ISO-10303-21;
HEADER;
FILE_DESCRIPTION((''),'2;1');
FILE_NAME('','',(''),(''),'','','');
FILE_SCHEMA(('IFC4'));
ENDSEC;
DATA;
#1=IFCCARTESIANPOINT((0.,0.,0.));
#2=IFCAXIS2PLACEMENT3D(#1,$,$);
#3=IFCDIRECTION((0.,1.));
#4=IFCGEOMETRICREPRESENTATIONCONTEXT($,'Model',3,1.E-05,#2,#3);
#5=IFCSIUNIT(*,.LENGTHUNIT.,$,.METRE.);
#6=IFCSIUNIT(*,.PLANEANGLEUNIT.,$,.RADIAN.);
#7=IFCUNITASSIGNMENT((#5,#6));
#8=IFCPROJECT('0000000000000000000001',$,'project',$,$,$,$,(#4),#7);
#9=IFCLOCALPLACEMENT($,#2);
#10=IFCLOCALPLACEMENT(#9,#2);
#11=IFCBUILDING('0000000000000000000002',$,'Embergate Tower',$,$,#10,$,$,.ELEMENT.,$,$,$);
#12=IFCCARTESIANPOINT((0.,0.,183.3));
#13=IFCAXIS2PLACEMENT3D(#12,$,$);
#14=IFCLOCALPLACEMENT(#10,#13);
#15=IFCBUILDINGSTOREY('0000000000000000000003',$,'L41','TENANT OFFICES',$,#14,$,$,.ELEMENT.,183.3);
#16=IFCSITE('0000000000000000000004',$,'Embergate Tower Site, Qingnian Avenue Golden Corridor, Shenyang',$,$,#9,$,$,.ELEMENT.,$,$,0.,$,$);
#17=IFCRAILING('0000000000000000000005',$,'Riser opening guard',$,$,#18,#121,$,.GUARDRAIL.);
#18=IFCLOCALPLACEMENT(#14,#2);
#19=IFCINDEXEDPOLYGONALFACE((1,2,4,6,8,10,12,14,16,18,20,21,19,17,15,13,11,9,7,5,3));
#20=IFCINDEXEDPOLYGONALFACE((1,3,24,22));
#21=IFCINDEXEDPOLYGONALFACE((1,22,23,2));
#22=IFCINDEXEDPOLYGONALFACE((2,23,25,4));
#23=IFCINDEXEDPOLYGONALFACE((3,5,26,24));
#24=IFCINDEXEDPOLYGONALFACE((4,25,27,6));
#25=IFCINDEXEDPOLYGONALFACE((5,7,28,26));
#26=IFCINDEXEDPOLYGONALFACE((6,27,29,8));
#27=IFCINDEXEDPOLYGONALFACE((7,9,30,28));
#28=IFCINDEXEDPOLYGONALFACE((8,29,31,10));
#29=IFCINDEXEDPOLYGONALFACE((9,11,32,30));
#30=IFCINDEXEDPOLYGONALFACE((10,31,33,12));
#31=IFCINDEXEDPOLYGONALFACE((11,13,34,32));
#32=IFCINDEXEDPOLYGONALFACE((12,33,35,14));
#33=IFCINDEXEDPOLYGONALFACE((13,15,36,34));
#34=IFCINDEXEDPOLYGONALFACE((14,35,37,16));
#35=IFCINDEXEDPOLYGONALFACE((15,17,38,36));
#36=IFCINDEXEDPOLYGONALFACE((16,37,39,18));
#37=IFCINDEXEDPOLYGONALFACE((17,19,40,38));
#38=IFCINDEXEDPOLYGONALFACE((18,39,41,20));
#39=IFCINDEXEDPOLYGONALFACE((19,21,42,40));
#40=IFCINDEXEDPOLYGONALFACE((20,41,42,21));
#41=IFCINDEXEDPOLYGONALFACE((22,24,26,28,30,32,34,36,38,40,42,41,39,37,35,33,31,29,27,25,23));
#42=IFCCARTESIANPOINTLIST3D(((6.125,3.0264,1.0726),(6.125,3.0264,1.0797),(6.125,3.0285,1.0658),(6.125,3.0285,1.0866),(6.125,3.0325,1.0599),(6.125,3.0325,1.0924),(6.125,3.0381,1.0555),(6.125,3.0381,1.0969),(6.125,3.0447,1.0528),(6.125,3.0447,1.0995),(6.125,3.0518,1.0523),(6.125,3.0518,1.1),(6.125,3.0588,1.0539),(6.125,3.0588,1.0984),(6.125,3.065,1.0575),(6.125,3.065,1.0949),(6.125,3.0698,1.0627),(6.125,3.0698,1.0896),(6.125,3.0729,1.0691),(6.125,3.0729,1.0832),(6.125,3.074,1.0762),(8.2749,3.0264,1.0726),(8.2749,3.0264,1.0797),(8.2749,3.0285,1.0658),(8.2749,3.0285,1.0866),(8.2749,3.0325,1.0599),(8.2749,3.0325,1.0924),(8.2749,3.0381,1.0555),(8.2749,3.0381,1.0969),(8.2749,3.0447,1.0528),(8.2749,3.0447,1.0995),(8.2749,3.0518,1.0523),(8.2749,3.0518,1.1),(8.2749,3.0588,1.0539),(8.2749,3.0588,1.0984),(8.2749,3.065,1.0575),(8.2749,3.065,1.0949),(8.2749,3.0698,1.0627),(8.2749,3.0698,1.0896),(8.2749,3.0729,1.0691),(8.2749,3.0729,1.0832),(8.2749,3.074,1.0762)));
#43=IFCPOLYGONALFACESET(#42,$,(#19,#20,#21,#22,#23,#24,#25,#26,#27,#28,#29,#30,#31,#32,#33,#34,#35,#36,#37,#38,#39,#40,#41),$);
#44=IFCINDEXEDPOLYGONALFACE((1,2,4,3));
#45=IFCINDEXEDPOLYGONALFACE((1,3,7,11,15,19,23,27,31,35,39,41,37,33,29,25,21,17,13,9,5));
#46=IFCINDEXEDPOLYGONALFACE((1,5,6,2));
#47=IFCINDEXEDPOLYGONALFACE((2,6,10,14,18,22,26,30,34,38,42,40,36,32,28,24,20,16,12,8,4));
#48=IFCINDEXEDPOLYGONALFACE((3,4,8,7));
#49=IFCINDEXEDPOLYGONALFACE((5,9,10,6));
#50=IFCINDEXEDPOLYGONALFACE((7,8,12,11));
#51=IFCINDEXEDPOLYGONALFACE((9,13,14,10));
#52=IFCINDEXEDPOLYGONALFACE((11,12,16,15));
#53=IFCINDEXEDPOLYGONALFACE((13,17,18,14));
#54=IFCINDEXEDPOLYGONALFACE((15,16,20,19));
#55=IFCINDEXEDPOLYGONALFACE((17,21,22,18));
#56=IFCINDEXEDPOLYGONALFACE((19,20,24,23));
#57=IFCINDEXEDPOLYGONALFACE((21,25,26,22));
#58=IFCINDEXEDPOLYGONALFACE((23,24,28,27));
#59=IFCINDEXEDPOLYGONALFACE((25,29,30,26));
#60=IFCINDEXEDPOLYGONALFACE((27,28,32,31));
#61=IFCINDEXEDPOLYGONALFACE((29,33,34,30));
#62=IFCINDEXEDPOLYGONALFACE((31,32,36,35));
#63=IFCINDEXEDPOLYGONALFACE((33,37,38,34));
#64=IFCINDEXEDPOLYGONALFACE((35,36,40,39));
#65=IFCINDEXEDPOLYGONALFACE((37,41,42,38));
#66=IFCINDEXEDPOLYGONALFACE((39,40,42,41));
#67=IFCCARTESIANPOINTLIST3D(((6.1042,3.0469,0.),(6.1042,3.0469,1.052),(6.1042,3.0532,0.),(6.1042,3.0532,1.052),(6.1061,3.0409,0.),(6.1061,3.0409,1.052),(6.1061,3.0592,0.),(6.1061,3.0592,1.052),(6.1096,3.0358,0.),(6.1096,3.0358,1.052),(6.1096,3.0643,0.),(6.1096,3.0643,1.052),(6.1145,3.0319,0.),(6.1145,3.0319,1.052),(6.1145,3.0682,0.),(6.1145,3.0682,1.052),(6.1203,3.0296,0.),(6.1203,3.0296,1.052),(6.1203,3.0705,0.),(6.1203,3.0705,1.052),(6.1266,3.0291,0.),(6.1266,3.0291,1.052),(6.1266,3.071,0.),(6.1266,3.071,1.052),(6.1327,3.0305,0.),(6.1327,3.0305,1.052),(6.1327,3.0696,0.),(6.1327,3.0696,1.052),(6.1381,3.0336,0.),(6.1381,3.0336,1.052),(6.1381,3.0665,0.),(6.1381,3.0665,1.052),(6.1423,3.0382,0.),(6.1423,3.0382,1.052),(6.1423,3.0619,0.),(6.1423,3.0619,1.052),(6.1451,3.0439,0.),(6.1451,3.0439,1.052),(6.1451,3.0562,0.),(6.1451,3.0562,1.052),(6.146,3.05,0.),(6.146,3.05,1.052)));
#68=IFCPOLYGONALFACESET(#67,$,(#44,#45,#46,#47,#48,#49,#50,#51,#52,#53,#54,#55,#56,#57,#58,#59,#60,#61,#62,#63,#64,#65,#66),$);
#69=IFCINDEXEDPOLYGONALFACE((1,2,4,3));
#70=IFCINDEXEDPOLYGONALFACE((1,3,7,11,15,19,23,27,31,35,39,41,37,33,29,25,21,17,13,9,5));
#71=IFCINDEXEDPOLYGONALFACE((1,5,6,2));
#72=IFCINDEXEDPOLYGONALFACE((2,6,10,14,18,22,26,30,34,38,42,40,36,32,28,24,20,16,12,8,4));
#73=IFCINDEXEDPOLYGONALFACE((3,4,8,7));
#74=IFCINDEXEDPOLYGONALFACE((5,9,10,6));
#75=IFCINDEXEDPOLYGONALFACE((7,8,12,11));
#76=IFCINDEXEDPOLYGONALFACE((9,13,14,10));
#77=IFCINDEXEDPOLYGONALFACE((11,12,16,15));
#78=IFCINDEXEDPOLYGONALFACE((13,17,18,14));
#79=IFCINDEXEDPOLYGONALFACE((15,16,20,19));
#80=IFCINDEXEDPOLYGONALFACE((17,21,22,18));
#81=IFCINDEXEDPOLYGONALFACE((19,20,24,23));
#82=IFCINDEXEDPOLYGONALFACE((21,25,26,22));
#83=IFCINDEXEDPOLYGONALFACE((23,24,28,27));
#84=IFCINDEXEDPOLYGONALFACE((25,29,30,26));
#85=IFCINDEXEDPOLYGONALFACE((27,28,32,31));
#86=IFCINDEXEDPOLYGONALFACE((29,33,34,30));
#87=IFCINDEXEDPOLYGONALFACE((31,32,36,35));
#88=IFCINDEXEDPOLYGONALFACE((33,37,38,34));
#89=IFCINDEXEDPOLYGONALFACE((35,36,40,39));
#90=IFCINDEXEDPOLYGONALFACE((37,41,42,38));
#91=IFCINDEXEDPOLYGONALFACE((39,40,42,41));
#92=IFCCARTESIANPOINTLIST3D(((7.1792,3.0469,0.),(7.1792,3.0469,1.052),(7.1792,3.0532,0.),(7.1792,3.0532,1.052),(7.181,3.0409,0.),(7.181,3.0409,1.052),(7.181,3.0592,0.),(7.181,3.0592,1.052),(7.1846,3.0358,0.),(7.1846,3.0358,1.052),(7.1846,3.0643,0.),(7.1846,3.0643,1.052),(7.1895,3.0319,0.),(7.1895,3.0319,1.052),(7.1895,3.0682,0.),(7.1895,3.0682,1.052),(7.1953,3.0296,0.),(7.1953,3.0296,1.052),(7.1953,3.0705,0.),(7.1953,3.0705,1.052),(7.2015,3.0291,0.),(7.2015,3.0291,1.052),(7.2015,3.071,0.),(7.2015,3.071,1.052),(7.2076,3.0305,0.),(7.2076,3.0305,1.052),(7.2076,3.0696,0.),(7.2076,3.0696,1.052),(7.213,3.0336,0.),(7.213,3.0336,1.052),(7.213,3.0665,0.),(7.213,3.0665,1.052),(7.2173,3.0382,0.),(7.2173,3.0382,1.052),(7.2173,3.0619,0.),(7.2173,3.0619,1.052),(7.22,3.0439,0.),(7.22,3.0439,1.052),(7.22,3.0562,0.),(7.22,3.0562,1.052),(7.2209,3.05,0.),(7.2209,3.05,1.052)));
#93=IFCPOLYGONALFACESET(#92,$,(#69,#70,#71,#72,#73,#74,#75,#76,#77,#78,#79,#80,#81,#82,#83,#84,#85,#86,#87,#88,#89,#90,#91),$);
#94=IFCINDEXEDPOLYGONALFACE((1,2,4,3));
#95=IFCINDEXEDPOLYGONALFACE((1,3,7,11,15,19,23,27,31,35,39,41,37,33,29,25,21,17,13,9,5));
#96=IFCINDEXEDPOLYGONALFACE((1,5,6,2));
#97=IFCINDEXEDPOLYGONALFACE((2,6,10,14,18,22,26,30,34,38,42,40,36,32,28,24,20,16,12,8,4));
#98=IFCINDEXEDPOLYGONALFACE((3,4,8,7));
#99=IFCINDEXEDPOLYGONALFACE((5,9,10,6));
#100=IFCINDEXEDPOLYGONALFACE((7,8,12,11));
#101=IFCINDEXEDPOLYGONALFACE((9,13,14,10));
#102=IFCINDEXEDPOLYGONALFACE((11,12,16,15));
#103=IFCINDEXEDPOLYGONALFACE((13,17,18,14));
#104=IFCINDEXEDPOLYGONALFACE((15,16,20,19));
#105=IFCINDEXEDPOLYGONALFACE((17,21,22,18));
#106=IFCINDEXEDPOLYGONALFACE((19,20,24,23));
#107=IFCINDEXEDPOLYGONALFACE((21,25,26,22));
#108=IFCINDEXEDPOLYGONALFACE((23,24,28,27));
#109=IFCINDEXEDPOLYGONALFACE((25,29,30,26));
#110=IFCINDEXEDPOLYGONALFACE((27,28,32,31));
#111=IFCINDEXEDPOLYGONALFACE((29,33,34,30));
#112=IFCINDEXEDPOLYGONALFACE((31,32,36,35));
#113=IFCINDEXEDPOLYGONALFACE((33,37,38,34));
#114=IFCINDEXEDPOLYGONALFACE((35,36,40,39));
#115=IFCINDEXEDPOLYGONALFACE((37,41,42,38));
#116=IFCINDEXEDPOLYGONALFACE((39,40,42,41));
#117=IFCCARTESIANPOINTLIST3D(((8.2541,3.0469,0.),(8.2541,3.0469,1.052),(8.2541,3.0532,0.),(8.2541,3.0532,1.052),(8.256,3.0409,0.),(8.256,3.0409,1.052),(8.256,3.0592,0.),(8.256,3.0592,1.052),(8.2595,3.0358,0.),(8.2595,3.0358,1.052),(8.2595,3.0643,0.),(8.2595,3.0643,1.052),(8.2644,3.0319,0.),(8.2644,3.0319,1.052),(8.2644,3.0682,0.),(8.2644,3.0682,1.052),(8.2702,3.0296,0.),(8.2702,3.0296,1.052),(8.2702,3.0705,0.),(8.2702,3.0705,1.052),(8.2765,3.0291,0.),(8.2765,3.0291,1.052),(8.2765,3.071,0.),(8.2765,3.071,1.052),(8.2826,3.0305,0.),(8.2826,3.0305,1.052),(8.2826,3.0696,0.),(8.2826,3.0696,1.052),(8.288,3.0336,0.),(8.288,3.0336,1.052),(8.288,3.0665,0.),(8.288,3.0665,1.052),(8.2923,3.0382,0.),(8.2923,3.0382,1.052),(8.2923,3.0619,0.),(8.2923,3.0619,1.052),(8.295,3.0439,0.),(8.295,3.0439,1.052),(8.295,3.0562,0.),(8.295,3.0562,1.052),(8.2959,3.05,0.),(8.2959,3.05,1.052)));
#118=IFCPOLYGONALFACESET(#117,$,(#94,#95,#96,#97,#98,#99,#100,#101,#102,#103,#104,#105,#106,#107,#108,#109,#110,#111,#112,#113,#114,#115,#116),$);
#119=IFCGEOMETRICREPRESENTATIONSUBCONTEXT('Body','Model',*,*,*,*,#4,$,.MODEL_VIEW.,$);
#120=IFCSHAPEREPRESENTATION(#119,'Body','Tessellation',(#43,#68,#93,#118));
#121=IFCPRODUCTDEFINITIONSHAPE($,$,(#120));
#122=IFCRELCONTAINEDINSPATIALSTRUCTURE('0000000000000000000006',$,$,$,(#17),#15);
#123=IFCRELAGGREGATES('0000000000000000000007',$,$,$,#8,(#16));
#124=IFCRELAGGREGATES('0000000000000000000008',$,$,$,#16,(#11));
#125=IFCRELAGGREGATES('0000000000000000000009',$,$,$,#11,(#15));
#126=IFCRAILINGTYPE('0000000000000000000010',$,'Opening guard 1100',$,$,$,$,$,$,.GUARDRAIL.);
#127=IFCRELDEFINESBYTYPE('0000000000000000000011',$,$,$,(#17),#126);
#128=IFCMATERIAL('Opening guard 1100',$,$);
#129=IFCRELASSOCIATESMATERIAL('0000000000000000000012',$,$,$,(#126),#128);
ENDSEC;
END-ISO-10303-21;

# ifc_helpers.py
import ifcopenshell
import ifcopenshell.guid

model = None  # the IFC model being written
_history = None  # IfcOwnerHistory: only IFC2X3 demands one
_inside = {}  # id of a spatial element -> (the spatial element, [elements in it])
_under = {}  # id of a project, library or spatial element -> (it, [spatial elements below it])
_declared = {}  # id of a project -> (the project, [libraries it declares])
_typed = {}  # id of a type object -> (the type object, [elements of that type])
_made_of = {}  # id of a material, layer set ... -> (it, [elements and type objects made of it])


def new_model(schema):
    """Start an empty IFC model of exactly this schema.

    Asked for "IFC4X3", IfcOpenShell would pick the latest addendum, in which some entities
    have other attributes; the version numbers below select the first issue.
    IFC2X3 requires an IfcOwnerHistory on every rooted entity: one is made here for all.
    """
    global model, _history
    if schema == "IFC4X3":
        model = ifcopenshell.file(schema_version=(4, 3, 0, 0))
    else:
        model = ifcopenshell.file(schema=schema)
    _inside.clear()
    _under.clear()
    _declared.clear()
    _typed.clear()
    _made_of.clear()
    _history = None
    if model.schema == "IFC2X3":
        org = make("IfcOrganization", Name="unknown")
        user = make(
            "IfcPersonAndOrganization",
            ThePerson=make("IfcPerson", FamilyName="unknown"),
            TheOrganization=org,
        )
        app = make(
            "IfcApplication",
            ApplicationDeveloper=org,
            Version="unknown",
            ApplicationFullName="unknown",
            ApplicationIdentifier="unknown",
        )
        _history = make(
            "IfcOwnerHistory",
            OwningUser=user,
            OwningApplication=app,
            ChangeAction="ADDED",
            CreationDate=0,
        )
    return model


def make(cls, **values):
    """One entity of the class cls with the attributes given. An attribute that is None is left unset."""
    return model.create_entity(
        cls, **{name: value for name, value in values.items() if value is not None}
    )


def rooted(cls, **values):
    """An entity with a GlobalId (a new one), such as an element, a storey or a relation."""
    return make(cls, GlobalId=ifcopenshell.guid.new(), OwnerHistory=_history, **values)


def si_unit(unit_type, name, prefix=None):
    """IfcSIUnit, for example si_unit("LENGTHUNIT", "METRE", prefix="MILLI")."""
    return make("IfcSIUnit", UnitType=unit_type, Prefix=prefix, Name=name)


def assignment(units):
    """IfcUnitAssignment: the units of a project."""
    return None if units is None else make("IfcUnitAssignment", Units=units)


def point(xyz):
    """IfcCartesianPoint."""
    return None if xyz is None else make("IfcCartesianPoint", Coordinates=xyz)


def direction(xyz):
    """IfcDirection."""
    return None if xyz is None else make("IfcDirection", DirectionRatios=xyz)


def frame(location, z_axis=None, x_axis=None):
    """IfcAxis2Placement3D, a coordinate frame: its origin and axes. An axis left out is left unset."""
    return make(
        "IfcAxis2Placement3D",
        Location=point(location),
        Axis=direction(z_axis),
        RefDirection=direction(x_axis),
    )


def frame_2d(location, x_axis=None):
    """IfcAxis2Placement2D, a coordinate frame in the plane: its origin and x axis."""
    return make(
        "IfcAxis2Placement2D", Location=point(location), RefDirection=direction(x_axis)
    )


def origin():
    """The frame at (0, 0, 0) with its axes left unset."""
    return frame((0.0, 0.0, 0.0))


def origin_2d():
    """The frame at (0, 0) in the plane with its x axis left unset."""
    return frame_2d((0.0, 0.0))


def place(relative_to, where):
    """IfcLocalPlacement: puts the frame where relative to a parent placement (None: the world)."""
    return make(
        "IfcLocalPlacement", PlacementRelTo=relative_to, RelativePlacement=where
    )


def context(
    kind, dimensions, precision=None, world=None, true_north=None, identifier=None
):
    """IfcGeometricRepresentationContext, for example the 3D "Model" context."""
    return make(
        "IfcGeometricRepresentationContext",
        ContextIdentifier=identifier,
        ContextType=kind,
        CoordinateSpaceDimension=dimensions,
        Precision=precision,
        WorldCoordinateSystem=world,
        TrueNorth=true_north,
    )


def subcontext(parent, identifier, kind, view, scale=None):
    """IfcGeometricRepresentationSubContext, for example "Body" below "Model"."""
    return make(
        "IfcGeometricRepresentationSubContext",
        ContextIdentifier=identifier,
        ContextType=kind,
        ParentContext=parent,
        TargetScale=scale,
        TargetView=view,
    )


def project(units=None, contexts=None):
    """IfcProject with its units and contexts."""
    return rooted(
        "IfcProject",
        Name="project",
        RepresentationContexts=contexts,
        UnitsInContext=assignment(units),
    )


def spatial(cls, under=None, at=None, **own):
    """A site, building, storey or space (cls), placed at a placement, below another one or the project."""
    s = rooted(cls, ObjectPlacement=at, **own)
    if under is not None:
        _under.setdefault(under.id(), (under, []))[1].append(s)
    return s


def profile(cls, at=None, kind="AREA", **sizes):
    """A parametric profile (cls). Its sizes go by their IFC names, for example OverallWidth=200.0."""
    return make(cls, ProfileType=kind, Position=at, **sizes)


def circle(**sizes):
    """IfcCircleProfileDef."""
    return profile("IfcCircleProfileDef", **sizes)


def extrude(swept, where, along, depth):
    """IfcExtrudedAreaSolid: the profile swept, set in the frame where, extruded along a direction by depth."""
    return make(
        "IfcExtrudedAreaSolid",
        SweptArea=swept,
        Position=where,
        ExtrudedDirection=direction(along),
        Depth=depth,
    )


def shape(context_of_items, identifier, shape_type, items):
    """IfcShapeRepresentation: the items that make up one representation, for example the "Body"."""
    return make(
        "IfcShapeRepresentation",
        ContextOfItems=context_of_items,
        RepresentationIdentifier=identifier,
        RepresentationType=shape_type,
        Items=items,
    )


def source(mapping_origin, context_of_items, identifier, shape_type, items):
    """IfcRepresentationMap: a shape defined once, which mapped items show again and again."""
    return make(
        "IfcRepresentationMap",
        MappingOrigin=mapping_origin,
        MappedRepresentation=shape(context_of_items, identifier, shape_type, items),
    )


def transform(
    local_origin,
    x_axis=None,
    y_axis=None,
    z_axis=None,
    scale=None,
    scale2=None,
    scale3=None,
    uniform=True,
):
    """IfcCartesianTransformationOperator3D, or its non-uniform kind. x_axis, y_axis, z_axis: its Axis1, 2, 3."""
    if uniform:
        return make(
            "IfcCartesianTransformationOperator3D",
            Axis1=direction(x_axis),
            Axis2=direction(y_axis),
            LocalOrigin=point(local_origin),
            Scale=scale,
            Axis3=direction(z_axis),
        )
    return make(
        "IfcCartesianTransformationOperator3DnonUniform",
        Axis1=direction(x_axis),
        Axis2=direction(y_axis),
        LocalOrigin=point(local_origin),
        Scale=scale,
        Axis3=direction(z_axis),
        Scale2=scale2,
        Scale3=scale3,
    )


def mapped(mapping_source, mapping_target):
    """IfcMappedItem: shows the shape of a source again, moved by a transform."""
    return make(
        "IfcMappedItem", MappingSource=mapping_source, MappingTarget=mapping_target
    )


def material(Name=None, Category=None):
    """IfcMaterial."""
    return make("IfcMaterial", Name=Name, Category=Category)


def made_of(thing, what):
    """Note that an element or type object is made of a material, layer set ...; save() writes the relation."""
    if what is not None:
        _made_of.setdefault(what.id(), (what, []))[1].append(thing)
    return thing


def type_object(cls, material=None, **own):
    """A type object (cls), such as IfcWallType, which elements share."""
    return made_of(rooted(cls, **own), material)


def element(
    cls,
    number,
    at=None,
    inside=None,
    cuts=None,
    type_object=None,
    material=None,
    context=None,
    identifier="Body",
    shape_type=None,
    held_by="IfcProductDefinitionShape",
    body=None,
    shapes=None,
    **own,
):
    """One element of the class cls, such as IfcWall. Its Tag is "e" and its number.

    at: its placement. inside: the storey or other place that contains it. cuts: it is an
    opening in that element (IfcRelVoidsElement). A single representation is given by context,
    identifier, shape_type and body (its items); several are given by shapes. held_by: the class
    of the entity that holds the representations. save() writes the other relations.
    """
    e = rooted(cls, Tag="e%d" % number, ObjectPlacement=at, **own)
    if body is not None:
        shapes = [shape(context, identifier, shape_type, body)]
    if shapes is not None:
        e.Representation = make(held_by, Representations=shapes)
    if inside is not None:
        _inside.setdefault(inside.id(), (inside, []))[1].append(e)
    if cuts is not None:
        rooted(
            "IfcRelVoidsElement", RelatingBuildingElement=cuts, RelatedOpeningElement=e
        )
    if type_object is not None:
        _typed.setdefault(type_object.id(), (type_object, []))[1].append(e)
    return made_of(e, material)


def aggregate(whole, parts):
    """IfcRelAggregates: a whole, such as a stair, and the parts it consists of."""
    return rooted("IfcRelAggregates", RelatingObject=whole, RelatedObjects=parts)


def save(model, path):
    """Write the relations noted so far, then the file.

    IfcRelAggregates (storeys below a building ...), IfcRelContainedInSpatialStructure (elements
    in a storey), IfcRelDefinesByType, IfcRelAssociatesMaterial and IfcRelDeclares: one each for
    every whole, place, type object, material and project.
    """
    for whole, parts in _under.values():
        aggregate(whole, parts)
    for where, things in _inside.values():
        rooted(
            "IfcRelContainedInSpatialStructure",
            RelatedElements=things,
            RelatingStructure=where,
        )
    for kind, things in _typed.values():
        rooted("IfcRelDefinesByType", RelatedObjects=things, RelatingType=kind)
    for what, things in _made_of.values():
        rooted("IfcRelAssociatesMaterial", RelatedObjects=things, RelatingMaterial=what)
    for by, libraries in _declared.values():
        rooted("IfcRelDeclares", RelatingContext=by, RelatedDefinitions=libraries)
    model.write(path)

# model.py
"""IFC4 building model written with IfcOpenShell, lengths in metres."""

from ifc_helpers import new_model, si_unit, direction, frame, origin, origin_2d, place, context, subcontext, project, spatial, circle, extrude, source, transform, mapped, material, type_object, element, save


model = new_model("IFC4")

# Units and contexts
model_context = context("Model", 3, precision=1e-05, world=origin(), true_north=direction((0.0, 1.0)))
body_context = subcontext(model_context, "Body", "Model", "MODEL_VIEW")
ifc_project = project(units=[si_unit("LENGTHUNIT", "METRE"), si_unit("PLANEANGLEUNIT", "RADIAN")], contexts=[model_context])

# Site, building, storey
site_placement = place(None, origin())
site = spatial("IfcSite", under=ifc_project, at=site_placement, Name="Embergate Tower Site, Qingnian Avenue Golden Corridor, Shenyang", CompositionType="ELEMENT", RefElevation=0.0)
building_placement = place(site_placement, origin())
building = spatial("IfcBuilding", under=site, at=building_placement, Name="Embergate Tower", CompositionType="ELEMENT")
storey_placement = place(building_placement, frame((0.0, 0.0, 183.3)))
storey = spatial("IfcBuildingStorey", under=building, at=storey_placement, Name="L41", Description="TENANT OFFICES", CompositionType="ELEMENT", Elevation=183.3)

# Railing
ifc_material_1 = material(Name="Opening guard 1100")
railing_type = type_object("IfcRailingType", Name="Opening guard 1100", PredefinedType="GUARDRAIL", material=ifc_material_1)
shared_shape_1 = source(origin(), body_context, "Body", "SweptSolid", [
    extrude(circle(Radius=0.0239, at=origin_2d()), frame((0.0, 0.0, 1.0762), z_axis=(1.0, 0.0, 0.0), x_axis=(0.0, 1.0, 0.0)), (0.0, 0.0, 1.0), 2.1499),
    extrude(circle(Radius=0.021, at=origin_2d()), origin(), (0.0, 0.0, 1.0), 1.052),
    extrude(circle(Radius=0.021, at=origin_2d()), frame((1.075, 0.0, 0.0)), (0.0, 0.0, 1.0), 1.052),
    extrude(circle(Radius=0.021, at=origin_2d()), frame((2.1499, 0.0, 0.0)), (0.0, 0.0, 1.0), 1.052),
])
railing_placement = place(storey_placement, frame((6.125, 3.05, 0.0)))
element("IfcRailing", 1, at=railing_placement, inside=storey, type_object=railing_type, Name="Riser opening guard", PredefinedType="GUARDRAIL", context=body_context, shape_type="MappedRepresentation", body=[
    mapped(shared_shape_1, transform((0.0, 0.0, 0.0))),
])

save(model, "model.ifc")
